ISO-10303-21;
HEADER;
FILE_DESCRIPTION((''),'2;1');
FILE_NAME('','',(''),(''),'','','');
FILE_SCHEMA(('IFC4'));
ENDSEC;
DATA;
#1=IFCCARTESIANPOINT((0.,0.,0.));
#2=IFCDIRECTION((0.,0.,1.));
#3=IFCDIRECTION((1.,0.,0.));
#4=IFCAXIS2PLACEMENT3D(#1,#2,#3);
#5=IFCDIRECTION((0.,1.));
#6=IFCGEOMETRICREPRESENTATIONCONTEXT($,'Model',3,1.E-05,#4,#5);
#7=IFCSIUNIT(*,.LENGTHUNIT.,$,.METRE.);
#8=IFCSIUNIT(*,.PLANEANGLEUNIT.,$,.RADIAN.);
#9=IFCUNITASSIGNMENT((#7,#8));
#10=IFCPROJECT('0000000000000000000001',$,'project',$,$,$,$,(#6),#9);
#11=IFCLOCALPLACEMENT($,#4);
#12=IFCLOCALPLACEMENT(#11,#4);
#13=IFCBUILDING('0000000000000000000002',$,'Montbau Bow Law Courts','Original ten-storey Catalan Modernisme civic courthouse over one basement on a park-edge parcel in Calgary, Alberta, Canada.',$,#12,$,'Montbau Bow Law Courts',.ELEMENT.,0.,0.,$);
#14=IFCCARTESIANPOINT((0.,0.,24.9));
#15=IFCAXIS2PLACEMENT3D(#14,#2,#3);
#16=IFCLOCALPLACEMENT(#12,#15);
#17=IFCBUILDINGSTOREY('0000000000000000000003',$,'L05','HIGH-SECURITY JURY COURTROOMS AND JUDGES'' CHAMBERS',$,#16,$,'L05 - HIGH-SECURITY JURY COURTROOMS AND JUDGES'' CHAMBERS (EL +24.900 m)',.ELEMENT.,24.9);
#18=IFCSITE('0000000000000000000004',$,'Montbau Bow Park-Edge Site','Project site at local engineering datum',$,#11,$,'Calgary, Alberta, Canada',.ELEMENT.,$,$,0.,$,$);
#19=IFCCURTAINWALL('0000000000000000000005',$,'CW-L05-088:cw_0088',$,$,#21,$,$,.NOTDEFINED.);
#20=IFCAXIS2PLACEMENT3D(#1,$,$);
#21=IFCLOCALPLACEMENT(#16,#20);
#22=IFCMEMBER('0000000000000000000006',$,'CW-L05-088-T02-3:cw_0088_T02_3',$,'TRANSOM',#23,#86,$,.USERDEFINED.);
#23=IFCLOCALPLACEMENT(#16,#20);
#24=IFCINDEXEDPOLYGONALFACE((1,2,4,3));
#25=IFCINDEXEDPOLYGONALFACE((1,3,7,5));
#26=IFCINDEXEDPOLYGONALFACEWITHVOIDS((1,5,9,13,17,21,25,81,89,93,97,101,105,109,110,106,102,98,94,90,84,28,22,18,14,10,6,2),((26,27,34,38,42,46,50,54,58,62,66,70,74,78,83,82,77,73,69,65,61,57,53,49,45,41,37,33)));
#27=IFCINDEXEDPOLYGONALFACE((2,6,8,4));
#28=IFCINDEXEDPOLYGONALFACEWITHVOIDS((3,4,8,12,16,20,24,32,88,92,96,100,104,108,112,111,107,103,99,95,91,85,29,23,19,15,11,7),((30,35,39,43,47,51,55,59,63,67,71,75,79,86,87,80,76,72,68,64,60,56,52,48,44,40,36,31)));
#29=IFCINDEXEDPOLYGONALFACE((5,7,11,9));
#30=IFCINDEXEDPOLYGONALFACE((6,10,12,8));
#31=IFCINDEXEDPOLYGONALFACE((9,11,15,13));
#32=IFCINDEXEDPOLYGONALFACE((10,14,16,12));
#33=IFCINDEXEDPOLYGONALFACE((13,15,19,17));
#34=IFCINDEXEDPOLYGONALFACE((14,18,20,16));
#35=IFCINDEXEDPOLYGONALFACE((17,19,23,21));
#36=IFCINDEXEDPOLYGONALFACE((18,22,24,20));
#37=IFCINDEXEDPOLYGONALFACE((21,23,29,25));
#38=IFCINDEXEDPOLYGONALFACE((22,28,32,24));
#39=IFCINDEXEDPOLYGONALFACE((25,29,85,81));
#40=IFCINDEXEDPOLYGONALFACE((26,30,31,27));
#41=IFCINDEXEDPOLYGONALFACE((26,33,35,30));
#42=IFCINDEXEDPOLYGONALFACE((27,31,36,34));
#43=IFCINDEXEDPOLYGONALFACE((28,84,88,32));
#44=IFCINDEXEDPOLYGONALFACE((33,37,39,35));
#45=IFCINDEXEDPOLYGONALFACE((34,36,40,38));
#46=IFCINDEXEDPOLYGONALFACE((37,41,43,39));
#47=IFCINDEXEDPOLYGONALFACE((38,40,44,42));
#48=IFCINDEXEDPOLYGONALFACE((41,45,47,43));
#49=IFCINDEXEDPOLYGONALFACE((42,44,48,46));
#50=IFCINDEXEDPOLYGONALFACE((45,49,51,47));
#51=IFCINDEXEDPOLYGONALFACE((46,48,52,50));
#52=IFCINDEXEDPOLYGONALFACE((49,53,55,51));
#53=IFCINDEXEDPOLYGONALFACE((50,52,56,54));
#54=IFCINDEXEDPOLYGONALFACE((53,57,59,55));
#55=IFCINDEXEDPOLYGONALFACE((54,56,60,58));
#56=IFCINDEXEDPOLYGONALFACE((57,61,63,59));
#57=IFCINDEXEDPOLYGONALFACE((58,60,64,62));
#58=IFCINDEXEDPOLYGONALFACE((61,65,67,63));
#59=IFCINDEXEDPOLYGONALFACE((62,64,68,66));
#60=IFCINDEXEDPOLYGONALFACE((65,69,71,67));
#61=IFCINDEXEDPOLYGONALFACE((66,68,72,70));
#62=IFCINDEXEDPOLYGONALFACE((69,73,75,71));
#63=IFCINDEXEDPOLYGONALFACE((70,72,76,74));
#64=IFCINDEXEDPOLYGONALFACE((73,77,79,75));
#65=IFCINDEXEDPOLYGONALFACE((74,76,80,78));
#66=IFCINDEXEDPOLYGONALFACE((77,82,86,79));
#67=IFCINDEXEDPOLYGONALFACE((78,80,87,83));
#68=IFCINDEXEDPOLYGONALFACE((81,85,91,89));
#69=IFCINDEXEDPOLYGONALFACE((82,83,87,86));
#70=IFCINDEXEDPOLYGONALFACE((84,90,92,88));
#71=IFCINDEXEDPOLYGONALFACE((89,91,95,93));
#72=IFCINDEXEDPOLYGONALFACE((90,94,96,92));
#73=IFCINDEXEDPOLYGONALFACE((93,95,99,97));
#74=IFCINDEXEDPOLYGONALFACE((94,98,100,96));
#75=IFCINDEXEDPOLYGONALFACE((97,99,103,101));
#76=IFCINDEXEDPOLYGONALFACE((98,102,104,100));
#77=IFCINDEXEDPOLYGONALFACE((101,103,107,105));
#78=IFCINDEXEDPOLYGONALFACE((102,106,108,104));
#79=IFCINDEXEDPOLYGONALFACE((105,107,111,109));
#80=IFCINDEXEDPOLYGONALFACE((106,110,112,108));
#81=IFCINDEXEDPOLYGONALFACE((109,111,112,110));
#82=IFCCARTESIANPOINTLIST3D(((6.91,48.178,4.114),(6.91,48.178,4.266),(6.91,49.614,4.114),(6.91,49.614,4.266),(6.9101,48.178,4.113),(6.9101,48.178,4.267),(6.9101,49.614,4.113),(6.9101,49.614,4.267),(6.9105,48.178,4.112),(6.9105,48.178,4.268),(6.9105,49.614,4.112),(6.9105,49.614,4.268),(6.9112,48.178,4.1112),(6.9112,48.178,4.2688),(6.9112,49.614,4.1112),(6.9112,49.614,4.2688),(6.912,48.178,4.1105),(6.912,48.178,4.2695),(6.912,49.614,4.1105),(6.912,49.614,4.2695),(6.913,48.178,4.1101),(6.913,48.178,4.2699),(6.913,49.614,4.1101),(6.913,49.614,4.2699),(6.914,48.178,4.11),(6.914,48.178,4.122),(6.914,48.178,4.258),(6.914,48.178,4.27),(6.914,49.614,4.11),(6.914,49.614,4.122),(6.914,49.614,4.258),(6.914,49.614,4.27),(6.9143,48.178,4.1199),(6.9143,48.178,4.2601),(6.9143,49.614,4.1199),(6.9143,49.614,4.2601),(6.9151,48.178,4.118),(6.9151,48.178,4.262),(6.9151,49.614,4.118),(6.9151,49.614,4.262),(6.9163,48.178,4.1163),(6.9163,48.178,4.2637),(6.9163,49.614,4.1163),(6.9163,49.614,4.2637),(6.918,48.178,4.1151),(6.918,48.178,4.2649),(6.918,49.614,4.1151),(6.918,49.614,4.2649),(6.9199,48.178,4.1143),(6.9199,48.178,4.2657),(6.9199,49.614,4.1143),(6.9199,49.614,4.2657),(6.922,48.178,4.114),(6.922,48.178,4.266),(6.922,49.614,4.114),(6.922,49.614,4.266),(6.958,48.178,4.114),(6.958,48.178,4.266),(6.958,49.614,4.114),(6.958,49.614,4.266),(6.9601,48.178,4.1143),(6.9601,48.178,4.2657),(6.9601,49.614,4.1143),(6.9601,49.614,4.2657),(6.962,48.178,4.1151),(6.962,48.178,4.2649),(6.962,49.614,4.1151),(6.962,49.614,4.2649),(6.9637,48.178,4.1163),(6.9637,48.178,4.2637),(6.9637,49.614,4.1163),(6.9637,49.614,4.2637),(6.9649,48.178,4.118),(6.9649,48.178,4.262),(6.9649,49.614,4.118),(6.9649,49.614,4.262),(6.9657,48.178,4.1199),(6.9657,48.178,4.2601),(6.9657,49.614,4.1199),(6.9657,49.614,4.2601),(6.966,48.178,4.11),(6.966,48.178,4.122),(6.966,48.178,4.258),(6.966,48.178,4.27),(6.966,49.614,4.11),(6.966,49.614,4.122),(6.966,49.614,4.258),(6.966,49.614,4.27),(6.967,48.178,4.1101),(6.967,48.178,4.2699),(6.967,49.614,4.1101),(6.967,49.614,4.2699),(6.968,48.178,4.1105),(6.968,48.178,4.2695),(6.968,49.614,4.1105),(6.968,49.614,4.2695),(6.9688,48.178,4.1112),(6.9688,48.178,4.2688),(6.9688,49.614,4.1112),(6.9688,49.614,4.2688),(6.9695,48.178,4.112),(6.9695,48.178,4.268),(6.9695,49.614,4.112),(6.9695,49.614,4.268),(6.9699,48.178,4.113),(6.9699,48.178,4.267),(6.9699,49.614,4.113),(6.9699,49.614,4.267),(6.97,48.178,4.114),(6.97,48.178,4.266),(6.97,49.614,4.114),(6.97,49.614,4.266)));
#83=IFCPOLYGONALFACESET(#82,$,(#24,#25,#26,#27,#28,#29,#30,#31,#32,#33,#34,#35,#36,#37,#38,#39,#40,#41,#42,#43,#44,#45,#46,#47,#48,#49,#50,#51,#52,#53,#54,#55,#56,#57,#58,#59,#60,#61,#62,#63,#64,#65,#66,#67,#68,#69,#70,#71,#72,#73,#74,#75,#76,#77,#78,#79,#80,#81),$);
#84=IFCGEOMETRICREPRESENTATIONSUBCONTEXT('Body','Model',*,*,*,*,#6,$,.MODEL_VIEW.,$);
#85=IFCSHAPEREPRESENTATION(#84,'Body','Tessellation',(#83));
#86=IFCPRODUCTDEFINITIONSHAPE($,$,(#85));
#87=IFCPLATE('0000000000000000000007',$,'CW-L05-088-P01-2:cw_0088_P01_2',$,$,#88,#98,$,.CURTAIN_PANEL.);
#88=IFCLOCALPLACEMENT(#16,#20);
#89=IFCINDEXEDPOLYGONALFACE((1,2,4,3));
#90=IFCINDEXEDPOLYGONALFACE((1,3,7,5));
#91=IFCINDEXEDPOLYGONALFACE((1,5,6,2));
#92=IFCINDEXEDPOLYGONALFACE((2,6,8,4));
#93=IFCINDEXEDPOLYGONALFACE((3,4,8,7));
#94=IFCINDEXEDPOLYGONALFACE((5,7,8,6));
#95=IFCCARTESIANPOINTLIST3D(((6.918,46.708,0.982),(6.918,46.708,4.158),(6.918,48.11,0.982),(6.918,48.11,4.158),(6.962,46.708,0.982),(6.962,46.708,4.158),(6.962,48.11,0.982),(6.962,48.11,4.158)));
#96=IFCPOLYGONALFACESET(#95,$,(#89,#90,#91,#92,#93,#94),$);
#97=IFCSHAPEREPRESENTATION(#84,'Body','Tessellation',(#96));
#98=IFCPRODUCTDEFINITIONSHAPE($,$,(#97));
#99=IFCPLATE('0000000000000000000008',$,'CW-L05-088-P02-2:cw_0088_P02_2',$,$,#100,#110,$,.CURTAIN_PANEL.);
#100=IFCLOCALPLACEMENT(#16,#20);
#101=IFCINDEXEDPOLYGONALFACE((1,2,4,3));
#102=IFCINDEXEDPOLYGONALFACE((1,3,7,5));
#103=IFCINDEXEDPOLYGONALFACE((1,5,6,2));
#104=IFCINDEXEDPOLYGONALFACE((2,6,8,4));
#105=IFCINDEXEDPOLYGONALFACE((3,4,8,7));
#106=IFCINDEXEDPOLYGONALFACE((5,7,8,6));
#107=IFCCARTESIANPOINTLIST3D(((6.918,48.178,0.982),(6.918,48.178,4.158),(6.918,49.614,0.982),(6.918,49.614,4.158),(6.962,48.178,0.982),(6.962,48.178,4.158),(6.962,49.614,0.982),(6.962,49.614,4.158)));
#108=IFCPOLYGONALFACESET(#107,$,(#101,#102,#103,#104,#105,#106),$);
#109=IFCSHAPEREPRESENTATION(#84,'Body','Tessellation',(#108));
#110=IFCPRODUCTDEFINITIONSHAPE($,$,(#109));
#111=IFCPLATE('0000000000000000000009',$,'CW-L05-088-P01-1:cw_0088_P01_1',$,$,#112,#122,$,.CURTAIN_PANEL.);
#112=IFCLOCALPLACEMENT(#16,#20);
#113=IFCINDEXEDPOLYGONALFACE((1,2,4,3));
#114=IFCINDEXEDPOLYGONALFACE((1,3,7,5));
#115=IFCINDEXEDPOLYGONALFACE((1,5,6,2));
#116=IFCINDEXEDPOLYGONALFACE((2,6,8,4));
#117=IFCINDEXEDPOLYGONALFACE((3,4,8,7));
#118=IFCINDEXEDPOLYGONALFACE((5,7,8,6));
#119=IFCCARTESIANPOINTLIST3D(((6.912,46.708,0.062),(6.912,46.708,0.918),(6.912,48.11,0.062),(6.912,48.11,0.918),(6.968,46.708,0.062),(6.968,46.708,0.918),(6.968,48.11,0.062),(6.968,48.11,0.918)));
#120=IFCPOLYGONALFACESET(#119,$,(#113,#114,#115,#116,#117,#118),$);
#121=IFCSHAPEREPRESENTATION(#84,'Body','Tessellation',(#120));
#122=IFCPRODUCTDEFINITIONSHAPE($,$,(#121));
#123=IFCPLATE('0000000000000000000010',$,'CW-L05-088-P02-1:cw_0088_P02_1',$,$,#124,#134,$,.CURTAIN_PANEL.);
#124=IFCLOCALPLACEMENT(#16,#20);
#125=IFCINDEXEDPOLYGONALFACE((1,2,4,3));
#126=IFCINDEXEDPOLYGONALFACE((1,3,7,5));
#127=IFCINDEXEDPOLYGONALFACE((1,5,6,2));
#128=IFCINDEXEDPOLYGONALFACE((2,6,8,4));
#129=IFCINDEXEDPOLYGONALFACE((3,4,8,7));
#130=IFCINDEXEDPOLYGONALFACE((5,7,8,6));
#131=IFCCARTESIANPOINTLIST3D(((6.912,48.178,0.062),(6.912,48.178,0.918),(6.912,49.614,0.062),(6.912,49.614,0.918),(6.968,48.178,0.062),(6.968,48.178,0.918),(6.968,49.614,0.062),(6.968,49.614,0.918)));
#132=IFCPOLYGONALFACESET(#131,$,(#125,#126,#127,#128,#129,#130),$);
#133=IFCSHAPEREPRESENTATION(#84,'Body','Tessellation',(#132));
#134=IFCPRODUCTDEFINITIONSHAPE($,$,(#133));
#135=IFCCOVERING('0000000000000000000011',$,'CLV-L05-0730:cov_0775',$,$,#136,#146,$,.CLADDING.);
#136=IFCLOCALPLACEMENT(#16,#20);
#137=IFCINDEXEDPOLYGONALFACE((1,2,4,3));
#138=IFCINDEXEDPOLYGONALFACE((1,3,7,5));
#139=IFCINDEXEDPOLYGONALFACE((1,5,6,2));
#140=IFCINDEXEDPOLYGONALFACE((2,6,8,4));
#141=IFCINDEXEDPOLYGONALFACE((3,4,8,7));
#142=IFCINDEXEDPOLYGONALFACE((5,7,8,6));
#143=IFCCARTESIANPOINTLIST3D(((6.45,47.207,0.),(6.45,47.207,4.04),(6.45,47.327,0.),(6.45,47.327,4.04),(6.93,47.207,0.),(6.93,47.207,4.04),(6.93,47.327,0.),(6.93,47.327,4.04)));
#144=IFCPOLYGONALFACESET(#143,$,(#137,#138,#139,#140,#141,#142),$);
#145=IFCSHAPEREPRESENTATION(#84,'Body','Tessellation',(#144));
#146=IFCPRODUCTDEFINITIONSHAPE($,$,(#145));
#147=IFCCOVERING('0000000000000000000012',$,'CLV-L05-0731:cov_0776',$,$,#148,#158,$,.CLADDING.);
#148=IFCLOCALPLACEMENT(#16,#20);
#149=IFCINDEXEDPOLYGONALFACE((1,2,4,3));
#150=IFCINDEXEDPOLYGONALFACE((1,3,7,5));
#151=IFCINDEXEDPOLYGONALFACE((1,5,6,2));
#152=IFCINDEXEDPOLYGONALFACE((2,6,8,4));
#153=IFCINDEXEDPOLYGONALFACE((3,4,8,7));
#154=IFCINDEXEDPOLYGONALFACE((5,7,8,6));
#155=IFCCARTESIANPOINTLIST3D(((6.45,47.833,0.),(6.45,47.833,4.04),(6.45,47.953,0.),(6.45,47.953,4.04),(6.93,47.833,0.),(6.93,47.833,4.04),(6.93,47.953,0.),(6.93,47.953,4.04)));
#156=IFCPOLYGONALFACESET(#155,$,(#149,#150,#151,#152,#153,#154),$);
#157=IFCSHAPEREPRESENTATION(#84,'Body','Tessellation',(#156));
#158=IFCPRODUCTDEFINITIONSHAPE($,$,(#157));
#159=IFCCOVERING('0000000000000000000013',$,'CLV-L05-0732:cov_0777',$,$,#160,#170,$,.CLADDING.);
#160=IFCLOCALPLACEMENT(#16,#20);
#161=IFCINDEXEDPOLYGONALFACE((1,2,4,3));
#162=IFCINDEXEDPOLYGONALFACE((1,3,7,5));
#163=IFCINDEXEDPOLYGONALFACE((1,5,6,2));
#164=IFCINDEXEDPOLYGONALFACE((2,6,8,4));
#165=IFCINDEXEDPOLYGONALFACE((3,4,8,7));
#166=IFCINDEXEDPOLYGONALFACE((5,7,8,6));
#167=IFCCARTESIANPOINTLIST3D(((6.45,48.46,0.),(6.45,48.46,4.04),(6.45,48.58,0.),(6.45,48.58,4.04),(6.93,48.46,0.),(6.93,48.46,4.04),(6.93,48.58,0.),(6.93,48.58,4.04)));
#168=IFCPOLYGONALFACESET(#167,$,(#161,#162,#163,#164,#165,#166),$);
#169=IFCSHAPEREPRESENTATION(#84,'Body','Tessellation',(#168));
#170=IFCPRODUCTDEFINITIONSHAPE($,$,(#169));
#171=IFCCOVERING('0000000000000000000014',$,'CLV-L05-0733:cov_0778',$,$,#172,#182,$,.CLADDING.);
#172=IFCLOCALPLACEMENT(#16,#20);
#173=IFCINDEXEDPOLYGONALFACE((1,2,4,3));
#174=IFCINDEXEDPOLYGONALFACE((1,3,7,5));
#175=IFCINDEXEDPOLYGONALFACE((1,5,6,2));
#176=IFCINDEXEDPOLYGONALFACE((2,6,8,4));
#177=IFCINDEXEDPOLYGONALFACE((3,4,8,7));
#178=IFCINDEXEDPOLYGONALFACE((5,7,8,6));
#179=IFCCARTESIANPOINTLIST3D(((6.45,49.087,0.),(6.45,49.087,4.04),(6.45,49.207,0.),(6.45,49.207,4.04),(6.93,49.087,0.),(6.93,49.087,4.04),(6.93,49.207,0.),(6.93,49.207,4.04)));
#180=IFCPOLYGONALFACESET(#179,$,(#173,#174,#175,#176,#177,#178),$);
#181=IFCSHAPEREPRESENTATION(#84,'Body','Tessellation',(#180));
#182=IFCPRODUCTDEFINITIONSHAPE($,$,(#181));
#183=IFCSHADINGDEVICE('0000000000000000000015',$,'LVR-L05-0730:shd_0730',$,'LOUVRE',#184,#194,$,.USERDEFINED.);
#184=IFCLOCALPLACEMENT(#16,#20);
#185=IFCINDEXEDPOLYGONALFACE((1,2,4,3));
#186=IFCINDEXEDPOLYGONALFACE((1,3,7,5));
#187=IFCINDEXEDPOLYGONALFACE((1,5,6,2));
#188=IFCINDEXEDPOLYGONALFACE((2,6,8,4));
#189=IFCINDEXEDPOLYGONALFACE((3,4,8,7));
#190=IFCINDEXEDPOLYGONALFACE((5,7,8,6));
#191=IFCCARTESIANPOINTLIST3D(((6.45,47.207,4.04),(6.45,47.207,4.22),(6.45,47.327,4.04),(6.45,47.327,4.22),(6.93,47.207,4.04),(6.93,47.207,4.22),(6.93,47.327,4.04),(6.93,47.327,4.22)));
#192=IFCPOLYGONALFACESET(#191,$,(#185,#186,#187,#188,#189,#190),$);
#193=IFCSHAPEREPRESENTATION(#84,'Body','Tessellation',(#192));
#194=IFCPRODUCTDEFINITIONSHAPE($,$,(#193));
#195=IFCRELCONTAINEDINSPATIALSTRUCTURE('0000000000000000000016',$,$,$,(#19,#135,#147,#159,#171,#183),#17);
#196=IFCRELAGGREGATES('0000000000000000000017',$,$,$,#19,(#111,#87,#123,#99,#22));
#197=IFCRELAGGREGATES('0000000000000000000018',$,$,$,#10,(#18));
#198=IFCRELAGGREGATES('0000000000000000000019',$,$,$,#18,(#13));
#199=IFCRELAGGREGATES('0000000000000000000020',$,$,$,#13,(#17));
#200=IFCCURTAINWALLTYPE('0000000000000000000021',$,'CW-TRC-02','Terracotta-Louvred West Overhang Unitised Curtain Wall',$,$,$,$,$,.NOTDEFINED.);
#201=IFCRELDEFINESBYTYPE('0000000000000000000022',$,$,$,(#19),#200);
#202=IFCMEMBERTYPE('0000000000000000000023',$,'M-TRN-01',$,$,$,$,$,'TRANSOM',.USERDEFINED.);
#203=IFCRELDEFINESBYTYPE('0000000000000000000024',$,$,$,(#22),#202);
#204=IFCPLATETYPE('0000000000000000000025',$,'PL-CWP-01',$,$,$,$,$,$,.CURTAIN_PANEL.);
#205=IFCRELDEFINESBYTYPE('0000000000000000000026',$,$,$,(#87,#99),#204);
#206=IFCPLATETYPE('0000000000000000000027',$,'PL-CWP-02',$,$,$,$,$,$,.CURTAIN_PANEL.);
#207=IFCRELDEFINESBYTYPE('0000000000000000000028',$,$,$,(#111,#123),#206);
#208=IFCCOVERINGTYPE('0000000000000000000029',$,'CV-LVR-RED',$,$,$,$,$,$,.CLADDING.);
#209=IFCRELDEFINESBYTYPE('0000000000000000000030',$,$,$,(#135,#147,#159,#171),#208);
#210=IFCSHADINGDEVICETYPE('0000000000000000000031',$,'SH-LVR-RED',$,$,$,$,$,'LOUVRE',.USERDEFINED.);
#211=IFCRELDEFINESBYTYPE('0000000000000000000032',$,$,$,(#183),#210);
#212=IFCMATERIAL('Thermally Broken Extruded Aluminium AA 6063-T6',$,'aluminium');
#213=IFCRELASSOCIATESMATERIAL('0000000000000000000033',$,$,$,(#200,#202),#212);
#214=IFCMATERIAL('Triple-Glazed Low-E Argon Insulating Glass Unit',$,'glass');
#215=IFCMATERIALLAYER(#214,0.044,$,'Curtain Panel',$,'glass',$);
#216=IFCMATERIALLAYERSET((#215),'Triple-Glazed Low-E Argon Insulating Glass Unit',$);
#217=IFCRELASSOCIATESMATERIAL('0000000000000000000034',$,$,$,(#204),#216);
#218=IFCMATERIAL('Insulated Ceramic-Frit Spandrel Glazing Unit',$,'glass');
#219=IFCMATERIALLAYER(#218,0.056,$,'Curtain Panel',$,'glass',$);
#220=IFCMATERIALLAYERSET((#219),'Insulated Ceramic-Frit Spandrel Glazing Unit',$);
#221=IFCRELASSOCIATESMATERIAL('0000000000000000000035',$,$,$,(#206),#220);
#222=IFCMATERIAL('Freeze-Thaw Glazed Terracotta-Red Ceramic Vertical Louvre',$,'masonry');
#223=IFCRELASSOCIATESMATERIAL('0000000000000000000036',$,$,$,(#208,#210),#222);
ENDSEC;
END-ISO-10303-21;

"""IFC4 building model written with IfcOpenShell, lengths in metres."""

from ifc_helpers import new_model, si_unit, direction, frame, frame_2d, origin_with_axes, origin_2d_with_axis, place, context, subcontext, project, spatial, rectangle, hollow_rectangle, extrude, material, layer, layer_set, material_profile, profile_set, type_object, element, aggregate, save


model = new_model("IFC4")

# Units and contexts
model_context = context("Model", 3, precision=1e-05, world=origin_with_axes(), true_north=direction((0.0, 1.0)))
body_context = subcontext(model_context, "Body", "Model", "MODEL_VIEW")
ifc_project = project(units=[si_unit("LENGTHUNIT", "METRE"), si_unit("PLANEANGLEUNIT", "RADIAN")], contexts=[model_context])

# Site, building, storey
site_placement = place(None, origin_with_axes())
site = spatial("IfcSite", under=ifc_project, at=site_placement, Name="Montbau Bow Park-Edge Site", Description="Project site at local engineering datum", LongName="Calgary, Alberta, Canada", CompositionType="ELEMENT", RefElevation=0.0)
building_placement = place(site_placement, origin_with_axes())
building = spatial("IfcBuilding", under=site, at=building_placement, Name="Montbau Bow Law Courts", Description="Original ten-storey Catalan Modernisme civic courthouse over one basement on a park-edge parcel in Calgary, Alberta, Canada.", LongName="Montbau Bow Law Courts", CompositionType="ELEMENT", ElevationOfRefHeight=0.0, ElevationOfTerrain=0.0)
storey_placement = place(building_placement, frame((0.0, 0.0, 24.9), z_axis=(0.0, 0.0, 1.0), x_axis=(1.0, 0.0, 0.0)))
storey = spatial("IfcBuildingStorey", under=building, at=storey_placement, Name="L05", Description="HIGH-SECURITY JURY COURTROOMS AND JUDGES' CHAMBERS", LongName="L05 - HIGH-SECURITY JURY COURTROOMS AND JUDGES' CHAMBERS (EL +24.900 m)", CompositionType="ELEMENT", Elevation=24.9)

# Curtain wall, member, plates
ifc_material_1 = material(Name="Thermally Broken Extruded Aluminium AA 6063-T6", Category="aluminium")
curtain_wall_type = type_object("IfcCurtainWallType", Name="CW-TRC-02", Description="Terracotta-Louvred West Overhang Unitised Curtain Wall", PredefinedType="NOTDEFINED", material=ifc_material_1)
curtain_wall_placement = place(None, frame((6.94, 46.64, 24.9), z_axis=(0.0, 0.0, 1.0), x_axis=(1.0, 0.0, 0.0)))
curtain_wall = element("IfcCurtainWall", 1, at=curtain_wall_placement, inside=storey, type_object=curtain_wall_type, Name="CW-L05-088:cw_0088", PredefinedType="NOTDEFINED")
ifc_material_profile_1 = material_profile(ifc_material_1, hollow_rectangle(XDim=0.06, YDim=0.16, WallThickness=0.004, InnerFilletRadius=0.008, OuterFilletRadius=0.004, at=origin_2d_with_axis()), Name="CWT-160X60", Category="Main", Priority=0)
ifc_profile_set_1 = profile_set([ifc_material_profile_1], Name="Thermally Broken Extruded Aluminium AA 6063-T6")
member_type_1 = type_object("IfcMemberType", Name="M-TRN-01", ElementType="TRANSOM", PredefinedType="USERDEFINED", material=ifc_profile_set_1)
member_1_placement = place(None, frame((6.94, 48.178, 29.09), z_axis=(0.0, 1.0, 0.0), x_axis=(-1.0, 0.0, 0.0)))
member_1 = element("IfcMember", 2, at=member_1_placement, type_object=member_type_1, Name="CW-L05-088-T02-3:cw_0088_T02_3", ObjectType="TRANSOM", PredefinedType="USERDEFINED", context=body_context, shape_type="SweptSolid", body=[
    extrude(hollow_rectangle(XDim=0.06, YDim=0.16, WallThickness=0.004, InnerFilletRadius=0.008, OuterFilletRadius=0.004, at=origin_2d_with_axis()), origin_with_axes(), (0.0, 0.0, 1.0), 1.436),
])
ifc_material_2 = material(Name="Triple-Glazed Low-E Argon Insulating Glass Unit", Category="glass")
ifc_layer_1 = layer(ifc_material_2, 0.044, Name="Curtain Panel", Category="glass")
ifc_layer_set_1 = layer_set([ifc_layer_1], Name="Triple-Glazed Low-E Argon Insulating Glass Unit")
plate_type_1 = type_object("IfcPlateType", Name="PL-CWP-01", PredefinedType="CURTAIN_PANEL", material=ifc_layer_set_1)
plate_1_placement = place(None, frame((6.94, 46.708, 25.882), z_axis=(1.0, 0.0, 0.0), x_axis=(0.0, 1.0, 0.0)))
plate_1 = element("IfcPlate", 3, at=plate_1_placement, type_object=plate_type_1, Name="CW-L05-088-P01-2:cw_0088_P01_2", PredefinedType="CURTAIN_PANEL", context=body_context, shape_type="SweptSolid", body=[
    extrude(rectangle(XDim=1.402, YDim=3.176, at=frame_2d((0.701, 1.588), x_axis=(1.0, 0.0))), frame((0.0, 0.0, -0.022), z_axis=(0.0, 0.0, 1.0), x_axis=(1.0, 0.0, 0.0)), (0.0, 0.0, 1.0), 0.044),
])
plate_2_placement = place(None, frame((6.94, 48.178, 25.882), z_axis=(1.0, 0.0, 0.0), x_axis=(0.0, 1.0, 0.0)))
plate_2 = element("IfcPlate", 4, at=plate_2_placement, type_object=plate_type_1, Name="CW-L05-088-P02-2:cw_0088_P02_2", PredefinedType="CURTAIN_PANEL", context=body_context, shape_type="SweptSolid", body=[
    extrude(rectangle(XDim=1.436, YDim=3.176, at=frame_2d((0.718, 1.588), x_axis=(1.0, 0.0))), frame((0.0, 0.0, -0.022), z_axis=(0.0, 0.0, 1.0), x_axis=(1.0, 0.0, 0.0)), (0.0, 0.0, 1.0), 0.044),
])
ifc_material_3 = material(Name="Insulated Ceramic-Frit Spandrel Glazing Unit", Category="glass")
ifc_layer_2 = layer(ifc_material_3, 0.056, Name="Curtain Panel", Category="glass")
ifc_layer_set_2 = layer_set([ifc_layer_2], Name="Insulated Ceramic-Frit Spandrel Glazing Unit")
plate_type_2 = type_object("IfcPlateType", Name="PL-CWP-02", PredefinedType="CURTAIN_PANEL", material=ifc_layer_set_2)
plate_3_placement = place(None, frame((6.94, 46.708, 24.962), z_axis=(1.0, 0.0, 0.0), x_axis=(0.0, 1.0, 0.0)))
plate_3 = element("IfcPlate", 5, at=plate_3_placement, type_object=plate_type_2, Name="CW-L05-088-P01-1:cw_0088_P01_1", PredefinedType="CURTAIN_PANEL", context=body_context, shape_type="SweptSolid", body=[
    extrude(rectangle(XDim=1.402, YDim=0.856, at=frame_2d((0.701, 0.428), x_axis=(1.0, 0.0))), frame((0.0, 0.0, -0.028), z_axis=(0.0, 0.0, 1.0), x_axis=(1.0, 0.0, 0.0)), (0.0, 0.0, 1.0), 0.056),
])
plate_4_placement = place(None, frame((6.94, 48.178, 24.962), z_axis=(1.0, 0.0, 0.0), x_axis=(0.0, 1.0, 0.0)))
plate_4 = element("IfcPlate", 6, at=plate_4_placement, type_object=plate_type_2, Name="CW-L05-088-P02-1:cw_0088_P02_1", PredefinedType="CURTAIN_PANEL", context=body_context, shape_type="SweptSolid", body=[
    extrude(rectangle(XDim=1.436, YDim=0.856, at=frame_2d((0.718, 0.428), x_axis=(1.0, 0.0))), frame((0.0, 0.0, -0.028), z_axis=(0.0, 0.0, 1.0), x_axis=(1.0, 0.0, 0.0)), (0.0, 0.0, 1.0), 0.056),
])
aggregate(curtain_wall, [plate_3, plate_1, plate_4, plate_2, member_1])

# Coverings
ifc_material_4 = material(Name="Freeze-Thaw Glazed Terracotta-Red Ceramic Vertical Louvre", Category="masonry")
covering_type = type_object("IfcCoveringType", Name="CV-LVR-RED", PredefinedType="CLADDING", material=ifc_material_4)
for number, where, z_axis, x_axis, name in (
    (7, (6.93, 47.267, 24.9), (0.0, 1.0, 0.0), (-1.0, 0.0, 0.0), "CLV-L05-0730:cov_0775"),
    (8, (6.93, 47.893, 24.9), (0.0, 1.0, 0.0), (-1.0, 0.0, 0.0), "CLV-L05-0731:cov_0776"),
    (9, (6.93, 48.52, 24.9), (0.0, 1.0, 0.0), (-1.0, 0.0, 0.0), "CLV-L05-0732:cov_0777"),
    (10, (6.93, 49.147, 24.9), (0.0, 1.0, 0.0), (-1.0, 0.0, 0.0), "CLV-L05-0733:cov_0778"),
):
    element("IfcCovering", number, at=place(None, frame(where, z_axis=z_axis, x_axis=x_axis)), inside=storey, type_object=covering_type, Name=name, PredefinedType="CLADDING", context=body_context, shape_type="SweptSolid", body=[
        extrude(rectangle(XDim=0.48, YDim=4.04, at=frame_2d((0.24, 2.02), x_axis=(1.0, 0.0))), frame((0.0, 0.0, -0.06), z_axis=(0.0, 0.0, 1.0), x_axis=(1.0, 0.0, 0.0)), (0.0, 0.0, 1.0), 0.12),
    ])

# Shading device
shading_device_type = type_object("IfcShadingDeviceType", Name="SH-LVR-RED", ElementType="LOUVRE", PredefinedType="USERDEFINED", material=ifc_material_4)
for number, where, z_axis, x_axis, name in (
    (11, (6.69, 47.267, 28.94), (0.0, 0.0, 1.0), (-1.0, 0.0, 0.0), "LVR-L05-0730:shd_0730"),
):
    element("IfcShadingDevice", number, at=place(None, frame(where, z_axis=z_axis, x_axis=x_axis)), inside=storey, type_object=shading_device_type, Name=name, ObjectType="LOUVRE", PredefinedType="USERDEFINED", context=body_context, shape_type="SweptSolid", body=[
        extrude(rectangle(XDim=0.48, YDim=0.12, at=origin_2d_with_axis()), origin_with_axes(), (0.0, 0.0, 1.0), 0.18),
    ])

save(model, "model.ifc")
